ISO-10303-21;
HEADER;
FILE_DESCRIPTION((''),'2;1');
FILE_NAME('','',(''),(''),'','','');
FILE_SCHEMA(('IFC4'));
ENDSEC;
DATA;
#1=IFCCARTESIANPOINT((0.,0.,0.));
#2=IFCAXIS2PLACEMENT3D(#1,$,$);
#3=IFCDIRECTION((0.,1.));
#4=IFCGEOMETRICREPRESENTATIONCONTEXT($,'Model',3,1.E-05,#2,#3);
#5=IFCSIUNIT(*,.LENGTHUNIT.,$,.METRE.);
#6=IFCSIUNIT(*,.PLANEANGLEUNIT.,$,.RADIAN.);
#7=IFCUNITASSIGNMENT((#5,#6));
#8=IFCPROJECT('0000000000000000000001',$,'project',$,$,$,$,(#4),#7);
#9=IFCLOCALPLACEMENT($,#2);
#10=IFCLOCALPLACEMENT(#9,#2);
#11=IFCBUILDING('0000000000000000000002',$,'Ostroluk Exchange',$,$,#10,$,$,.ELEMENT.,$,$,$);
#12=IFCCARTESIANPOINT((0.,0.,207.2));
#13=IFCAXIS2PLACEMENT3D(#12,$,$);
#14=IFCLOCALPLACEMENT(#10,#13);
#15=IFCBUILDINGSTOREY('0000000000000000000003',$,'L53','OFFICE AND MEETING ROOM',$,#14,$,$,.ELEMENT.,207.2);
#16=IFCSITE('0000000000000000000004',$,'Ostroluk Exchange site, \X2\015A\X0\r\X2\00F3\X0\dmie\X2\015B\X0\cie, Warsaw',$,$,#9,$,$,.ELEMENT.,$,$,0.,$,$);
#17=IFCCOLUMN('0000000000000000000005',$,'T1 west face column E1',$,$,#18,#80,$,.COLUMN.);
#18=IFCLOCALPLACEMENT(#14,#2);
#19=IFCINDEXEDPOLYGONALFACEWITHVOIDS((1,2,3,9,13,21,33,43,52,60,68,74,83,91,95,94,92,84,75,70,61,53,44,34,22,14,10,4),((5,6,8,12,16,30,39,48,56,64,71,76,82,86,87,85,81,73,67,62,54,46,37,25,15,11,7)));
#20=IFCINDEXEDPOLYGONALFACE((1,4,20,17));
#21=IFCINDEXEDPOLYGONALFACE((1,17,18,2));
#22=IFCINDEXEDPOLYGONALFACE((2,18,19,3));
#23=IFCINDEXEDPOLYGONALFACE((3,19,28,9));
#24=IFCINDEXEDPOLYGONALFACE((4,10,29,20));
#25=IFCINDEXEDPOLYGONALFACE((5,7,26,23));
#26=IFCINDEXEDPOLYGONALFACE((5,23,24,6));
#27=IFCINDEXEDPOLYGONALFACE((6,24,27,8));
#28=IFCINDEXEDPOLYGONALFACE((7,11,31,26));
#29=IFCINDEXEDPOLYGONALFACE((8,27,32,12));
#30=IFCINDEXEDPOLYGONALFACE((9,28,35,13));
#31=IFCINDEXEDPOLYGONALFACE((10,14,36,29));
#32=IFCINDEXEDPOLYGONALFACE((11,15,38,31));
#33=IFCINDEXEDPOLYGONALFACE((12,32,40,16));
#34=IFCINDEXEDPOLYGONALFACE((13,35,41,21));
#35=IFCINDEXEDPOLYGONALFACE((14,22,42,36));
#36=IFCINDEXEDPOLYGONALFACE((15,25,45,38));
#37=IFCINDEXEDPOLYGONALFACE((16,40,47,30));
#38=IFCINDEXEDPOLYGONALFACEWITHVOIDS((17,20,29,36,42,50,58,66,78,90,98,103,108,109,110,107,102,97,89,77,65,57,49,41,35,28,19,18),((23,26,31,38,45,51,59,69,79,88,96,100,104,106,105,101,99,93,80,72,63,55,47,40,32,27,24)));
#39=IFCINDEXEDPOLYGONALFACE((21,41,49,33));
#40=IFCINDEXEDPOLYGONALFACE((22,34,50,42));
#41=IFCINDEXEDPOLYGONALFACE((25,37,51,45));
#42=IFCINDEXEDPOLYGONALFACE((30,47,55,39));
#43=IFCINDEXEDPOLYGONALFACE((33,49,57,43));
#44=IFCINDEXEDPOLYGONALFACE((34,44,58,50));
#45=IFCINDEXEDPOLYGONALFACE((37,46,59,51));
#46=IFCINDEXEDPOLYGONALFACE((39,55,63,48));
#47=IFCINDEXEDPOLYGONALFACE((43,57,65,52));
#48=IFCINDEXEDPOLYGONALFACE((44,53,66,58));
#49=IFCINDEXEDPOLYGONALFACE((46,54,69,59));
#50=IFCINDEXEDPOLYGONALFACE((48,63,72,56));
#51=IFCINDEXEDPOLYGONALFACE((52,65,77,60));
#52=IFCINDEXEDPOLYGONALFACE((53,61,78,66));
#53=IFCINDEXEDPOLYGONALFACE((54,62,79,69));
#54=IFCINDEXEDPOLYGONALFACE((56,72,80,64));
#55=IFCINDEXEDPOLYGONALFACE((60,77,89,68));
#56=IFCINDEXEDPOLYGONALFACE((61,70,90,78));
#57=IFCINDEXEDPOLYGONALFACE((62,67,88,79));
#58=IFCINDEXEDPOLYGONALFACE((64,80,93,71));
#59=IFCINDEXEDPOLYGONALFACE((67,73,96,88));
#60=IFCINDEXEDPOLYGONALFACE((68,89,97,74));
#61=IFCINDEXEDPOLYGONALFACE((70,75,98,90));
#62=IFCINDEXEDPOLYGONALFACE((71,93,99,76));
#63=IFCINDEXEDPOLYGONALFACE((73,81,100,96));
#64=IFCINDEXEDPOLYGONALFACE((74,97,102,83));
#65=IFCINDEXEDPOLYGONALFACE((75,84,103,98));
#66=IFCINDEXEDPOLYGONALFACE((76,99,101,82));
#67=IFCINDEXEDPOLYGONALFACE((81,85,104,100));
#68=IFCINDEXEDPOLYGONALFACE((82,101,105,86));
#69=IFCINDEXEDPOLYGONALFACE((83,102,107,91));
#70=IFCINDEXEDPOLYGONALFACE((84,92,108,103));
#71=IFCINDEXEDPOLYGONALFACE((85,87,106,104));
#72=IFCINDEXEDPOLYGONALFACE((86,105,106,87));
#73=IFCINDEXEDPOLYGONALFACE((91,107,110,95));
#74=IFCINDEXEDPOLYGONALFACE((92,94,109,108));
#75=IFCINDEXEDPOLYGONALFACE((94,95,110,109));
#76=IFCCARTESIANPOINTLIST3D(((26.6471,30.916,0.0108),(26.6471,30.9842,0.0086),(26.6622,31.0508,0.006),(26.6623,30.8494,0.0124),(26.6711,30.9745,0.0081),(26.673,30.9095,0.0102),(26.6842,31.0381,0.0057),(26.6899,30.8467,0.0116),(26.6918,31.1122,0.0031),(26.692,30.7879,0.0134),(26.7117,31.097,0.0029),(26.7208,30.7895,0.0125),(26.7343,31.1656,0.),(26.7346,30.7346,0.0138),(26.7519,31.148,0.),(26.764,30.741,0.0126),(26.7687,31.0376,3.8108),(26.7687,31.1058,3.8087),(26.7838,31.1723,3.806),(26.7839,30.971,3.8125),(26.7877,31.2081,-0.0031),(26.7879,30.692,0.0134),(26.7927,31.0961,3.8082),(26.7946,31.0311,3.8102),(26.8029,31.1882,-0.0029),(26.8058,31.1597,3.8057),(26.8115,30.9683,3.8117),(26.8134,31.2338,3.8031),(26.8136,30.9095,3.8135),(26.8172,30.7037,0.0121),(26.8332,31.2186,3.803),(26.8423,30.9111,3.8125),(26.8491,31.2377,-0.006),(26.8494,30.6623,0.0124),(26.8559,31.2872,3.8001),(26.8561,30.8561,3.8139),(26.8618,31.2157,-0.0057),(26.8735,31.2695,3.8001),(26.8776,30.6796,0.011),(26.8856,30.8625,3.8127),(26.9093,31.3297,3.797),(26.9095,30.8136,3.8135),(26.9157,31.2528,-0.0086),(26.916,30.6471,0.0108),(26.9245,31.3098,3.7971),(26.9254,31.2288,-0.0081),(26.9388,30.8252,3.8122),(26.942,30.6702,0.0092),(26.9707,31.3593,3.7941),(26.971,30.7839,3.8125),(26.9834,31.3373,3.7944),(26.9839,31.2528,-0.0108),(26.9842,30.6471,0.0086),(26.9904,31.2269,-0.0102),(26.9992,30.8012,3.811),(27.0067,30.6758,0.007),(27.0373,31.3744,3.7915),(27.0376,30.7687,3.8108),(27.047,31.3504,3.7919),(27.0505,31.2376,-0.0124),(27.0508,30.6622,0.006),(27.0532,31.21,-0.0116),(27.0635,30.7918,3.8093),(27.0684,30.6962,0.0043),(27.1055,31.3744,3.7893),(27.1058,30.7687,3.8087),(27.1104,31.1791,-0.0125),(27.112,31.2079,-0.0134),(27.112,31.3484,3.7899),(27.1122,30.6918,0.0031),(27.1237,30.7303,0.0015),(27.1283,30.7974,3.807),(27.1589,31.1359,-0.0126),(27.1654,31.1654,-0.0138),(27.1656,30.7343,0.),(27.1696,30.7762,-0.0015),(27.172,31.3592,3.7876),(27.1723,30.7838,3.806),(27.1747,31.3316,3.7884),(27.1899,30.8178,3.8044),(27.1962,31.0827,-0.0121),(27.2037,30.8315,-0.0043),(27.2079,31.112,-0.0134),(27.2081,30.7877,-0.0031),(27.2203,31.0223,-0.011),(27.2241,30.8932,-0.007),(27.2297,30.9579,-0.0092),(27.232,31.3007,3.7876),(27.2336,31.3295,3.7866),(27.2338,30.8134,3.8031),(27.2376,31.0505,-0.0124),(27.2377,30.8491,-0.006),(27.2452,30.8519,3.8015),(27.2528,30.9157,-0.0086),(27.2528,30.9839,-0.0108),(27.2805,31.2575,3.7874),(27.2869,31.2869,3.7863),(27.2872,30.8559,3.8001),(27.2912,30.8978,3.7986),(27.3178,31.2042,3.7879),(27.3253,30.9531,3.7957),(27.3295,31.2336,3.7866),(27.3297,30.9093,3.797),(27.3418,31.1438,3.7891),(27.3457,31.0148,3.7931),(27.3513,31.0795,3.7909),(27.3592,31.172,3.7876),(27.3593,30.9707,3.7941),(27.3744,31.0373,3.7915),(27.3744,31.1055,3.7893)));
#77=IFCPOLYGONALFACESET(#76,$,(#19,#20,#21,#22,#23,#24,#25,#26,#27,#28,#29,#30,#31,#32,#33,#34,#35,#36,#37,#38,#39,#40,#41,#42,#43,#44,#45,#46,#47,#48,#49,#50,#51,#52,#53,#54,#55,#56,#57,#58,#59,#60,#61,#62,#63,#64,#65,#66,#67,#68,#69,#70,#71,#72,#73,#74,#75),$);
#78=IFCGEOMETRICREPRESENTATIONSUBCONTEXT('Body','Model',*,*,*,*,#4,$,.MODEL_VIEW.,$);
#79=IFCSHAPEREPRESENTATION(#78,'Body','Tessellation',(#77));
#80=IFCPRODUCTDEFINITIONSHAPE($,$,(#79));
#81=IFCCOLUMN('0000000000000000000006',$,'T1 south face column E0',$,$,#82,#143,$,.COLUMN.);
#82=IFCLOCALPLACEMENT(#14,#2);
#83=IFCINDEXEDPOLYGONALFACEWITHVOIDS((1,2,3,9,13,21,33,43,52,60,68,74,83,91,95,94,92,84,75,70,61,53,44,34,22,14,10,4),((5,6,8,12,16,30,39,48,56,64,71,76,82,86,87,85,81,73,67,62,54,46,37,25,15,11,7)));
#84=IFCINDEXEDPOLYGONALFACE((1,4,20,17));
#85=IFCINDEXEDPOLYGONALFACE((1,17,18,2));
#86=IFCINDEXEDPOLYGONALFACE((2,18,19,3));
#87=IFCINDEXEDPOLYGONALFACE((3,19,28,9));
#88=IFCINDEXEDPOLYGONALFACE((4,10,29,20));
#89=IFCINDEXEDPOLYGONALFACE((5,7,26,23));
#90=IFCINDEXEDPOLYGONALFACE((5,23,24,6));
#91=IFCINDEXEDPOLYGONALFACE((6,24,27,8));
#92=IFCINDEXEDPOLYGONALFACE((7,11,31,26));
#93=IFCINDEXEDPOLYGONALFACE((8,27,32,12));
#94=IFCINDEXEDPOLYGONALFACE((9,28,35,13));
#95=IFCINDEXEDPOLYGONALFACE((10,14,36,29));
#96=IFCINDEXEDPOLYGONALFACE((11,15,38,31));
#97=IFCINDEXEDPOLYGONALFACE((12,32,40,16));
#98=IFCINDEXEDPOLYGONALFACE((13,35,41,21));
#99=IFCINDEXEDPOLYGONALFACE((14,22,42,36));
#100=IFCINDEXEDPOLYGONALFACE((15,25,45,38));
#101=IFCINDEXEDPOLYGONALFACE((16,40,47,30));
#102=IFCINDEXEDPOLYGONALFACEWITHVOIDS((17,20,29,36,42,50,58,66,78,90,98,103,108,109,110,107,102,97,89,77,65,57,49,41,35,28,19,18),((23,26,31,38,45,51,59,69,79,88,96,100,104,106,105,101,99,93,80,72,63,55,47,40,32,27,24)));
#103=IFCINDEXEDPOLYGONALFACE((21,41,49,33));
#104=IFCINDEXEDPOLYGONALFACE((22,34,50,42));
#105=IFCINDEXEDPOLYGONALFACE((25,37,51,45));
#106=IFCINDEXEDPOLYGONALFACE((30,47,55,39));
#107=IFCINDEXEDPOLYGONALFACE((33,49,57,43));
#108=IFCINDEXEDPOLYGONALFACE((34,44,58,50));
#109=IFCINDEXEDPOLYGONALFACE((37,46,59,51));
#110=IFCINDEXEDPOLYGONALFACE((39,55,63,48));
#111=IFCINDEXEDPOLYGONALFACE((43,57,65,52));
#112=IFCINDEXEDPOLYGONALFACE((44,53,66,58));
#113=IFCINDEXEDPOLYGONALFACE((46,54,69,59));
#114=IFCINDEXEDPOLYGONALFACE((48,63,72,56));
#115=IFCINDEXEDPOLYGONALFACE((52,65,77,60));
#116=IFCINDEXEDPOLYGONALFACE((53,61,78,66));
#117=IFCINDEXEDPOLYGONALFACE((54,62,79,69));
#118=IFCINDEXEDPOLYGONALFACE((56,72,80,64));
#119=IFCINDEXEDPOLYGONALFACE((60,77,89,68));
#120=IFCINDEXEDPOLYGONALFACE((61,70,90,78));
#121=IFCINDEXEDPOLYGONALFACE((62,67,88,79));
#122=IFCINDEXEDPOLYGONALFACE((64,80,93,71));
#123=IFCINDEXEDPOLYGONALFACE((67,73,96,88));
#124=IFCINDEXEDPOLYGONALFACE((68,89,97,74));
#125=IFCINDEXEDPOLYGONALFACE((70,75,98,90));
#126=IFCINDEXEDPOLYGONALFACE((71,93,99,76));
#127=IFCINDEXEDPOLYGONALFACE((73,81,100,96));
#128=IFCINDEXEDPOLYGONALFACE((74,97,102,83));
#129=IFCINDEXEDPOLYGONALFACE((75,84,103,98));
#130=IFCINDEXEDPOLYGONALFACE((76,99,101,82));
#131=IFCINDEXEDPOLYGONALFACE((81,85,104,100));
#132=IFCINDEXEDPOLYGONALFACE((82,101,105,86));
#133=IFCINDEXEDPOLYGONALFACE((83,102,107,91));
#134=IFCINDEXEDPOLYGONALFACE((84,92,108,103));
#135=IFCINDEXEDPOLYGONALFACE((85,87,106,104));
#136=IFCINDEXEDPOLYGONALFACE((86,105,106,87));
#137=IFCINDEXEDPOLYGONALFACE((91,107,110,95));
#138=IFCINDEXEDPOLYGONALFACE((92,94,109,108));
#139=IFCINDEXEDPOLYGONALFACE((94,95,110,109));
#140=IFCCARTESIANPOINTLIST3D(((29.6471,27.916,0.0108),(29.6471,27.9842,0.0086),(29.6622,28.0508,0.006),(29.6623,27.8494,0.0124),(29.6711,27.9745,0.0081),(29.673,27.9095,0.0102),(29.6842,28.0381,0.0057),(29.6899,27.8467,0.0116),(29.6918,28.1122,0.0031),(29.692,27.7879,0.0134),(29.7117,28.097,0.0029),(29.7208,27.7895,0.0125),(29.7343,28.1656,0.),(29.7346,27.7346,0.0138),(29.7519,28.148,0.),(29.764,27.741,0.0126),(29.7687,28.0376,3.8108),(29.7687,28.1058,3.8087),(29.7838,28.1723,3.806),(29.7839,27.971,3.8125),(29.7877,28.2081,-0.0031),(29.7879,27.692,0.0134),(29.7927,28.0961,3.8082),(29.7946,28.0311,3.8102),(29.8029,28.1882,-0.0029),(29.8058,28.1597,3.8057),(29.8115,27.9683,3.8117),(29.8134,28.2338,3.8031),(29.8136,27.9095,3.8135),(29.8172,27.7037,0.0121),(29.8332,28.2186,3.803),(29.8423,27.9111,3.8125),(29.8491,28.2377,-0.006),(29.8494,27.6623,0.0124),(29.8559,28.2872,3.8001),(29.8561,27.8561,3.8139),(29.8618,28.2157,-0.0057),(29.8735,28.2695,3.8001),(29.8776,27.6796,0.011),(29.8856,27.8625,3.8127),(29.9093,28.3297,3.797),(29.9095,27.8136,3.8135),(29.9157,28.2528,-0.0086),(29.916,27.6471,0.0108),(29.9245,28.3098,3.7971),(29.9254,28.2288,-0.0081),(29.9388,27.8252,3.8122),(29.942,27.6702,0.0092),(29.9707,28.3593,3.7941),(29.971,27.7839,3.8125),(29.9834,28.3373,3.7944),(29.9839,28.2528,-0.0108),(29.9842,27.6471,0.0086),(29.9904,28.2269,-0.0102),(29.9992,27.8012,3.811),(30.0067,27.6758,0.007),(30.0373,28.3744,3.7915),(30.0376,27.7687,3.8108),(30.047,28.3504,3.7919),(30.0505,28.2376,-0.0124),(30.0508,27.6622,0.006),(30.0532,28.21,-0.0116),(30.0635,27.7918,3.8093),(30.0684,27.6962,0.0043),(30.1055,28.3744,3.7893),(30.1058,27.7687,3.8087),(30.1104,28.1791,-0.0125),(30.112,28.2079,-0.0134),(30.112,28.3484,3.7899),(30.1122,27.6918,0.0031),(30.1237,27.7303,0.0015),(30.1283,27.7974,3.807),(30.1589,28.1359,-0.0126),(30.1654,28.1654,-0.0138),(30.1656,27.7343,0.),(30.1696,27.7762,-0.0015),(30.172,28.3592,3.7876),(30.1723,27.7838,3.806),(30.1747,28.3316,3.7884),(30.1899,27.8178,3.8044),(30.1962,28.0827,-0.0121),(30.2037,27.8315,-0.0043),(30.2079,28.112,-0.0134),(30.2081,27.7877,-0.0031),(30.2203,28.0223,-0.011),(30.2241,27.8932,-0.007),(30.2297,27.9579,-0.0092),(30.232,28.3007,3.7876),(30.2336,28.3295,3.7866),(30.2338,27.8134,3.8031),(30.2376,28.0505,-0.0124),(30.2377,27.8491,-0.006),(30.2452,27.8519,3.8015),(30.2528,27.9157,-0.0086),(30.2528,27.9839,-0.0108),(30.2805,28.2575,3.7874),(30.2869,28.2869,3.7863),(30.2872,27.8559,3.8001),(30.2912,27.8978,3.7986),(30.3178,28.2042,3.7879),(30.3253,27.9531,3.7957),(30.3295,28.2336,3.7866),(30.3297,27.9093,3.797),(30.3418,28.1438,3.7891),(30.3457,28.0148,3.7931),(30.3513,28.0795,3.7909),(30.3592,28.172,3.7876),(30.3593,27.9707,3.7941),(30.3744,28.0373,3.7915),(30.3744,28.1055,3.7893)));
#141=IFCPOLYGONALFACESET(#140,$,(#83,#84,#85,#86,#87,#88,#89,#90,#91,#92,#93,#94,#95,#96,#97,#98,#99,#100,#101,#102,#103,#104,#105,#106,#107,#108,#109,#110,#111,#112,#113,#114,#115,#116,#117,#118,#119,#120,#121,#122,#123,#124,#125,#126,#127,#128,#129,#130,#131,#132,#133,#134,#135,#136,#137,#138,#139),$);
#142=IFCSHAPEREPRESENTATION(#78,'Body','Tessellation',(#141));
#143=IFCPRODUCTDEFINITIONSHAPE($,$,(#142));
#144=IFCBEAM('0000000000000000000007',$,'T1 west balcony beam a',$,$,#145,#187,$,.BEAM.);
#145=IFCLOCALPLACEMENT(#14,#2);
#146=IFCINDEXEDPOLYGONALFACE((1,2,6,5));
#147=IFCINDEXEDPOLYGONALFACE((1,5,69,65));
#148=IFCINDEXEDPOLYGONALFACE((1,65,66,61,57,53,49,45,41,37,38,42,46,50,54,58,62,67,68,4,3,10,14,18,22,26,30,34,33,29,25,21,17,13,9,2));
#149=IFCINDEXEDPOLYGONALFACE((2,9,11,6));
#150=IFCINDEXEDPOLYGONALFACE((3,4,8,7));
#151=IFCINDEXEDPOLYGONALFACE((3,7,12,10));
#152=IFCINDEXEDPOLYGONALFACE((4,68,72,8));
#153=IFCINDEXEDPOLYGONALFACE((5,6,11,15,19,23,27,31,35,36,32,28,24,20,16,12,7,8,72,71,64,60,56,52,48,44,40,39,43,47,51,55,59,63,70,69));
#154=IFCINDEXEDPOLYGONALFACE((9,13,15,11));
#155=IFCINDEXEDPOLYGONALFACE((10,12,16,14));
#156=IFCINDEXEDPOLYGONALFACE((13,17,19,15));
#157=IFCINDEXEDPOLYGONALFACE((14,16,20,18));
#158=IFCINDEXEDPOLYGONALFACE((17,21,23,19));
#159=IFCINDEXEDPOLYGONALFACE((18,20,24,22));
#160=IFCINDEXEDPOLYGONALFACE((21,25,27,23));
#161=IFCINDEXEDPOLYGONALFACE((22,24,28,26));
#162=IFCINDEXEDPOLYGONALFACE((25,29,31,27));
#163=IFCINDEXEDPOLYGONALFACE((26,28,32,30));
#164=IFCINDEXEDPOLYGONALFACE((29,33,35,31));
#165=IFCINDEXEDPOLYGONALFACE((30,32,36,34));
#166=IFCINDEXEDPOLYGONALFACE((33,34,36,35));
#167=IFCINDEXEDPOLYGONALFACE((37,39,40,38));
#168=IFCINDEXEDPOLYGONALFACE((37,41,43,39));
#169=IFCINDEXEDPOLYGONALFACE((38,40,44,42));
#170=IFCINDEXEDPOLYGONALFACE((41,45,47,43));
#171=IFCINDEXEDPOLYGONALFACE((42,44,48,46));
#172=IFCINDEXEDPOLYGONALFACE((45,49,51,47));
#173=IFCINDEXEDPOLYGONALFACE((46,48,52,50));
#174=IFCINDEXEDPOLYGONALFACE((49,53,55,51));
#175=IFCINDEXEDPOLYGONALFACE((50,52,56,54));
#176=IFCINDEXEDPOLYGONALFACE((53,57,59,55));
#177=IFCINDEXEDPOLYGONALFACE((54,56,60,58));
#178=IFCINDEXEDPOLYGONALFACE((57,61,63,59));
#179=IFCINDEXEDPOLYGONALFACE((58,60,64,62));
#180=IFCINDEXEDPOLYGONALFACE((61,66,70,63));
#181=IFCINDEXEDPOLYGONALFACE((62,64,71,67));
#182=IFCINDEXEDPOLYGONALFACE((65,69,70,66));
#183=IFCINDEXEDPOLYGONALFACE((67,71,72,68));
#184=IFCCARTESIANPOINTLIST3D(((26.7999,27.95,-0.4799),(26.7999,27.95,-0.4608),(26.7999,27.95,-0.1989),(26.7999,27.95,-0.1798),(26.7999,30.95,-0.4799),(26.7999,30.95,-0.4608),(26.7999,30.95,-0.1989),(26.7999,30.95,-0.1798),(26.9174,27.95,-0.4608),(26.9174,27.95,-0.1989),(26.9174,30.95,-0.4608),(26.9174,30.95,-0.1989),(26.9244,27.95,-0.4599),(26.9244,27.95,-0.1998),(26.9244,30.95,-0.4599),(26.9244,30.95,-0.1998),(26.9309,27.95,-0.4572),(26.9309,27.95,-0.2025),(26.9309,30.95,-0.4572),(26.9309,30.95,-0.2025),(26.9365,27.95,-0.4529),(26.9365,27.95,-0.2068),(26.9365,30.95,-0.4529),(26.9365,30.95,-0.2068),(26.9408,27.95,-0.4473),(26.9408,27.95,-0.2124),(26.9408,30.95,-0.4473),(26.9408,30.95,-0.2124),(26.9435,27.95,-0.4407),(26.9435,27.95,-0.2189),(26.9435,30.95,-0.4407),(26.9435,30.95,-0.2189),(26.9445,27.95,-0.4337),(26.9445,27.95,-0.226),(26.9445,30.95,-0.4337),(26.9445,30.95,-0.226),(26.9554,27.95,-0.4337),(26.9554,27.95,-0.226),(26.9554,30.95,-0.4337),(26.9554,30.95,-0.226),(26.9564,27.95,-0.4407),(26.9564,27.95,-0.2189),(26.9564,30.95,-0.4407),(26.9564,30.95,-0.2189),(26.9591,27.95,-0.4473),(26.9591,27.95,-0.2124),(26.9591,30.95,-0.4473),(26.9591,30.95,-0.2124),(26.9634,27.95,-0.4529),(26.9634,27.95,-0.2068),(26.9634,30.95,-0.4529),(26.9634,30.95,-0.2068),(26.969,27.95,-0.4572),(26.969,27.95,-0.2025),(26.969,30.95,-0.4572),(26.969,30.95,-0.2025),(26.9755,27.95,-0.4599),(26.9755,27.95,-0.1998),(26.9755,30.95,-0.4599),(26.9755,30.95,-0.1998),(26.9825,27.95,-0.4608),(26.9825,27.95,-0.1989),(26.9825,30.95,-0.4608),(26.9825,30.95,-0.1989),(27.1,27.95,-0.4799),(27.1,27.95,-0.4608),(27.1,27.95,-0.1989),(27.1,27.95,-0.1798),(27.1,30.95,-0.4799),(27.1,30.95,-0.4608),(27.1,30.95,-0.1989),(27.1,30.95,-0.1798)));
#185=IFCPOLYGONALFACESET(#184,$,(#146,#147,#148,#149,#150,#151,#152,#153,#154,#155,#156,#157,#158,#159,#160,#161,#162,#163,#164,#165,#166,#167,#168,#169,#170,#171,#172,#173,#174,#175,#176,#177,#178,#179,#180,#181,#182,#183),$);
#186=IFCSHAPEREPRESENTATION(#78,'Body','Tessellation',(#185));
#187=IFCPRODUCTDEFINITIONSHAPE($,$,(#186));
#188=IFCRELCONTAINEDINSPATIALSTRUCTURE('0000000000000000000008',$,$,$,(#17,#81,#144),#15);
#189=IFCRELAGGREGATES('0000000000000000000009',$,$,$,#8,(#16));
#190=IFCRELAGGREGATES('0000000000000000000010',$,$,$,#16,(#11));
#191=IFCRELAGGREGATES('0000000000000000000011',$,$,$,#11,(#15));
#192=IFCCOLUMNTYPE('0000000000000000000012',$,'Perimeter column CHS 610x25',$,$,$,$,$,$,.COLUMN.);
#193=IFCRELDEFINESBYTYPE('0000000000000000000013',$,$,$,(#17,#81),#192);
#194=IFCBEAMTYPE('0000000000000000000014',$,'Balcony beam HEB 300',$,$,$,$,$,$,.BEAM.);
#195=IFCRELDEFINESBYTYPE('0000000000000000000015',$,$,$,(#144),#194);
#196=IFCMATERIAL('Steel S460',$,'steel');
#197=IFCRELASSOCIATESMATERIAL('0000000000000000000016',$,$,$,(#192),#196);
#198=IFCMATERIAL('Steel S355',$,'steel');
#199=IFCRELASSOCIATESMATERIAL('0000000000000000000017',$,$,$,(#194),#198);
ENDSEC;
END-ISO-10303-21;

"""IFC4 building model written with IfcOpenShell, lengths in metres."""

from ifc_helpers import new_model, si_unit, direction, frame, origin, origin_2d, place, context, subcontext, project, spatial, hollow_circle, i_section, extrude, material, material_profile, profile_set, type_object, element, save


model = new_model("IFC4")

# Units and contexts
model_context = context("Model", 3, precision=1e-05, world=origin(), true_north=direction((0.0, 1.0)))
body_context = subcontext(model_context, "Body", "Model", "MODEL_VIEW")
ifc_project = project(units=[si_unit("LENGTHUNIT", "METRE"), si_unit("PLANEANGLEUNIT", "RADIAN")], contexts=[model_context])

# Site, building, storey
site_placement = place(None, origin())
site = spatial("IfcSite", under=ifc_project, at=site_placement, Name="Ostroluk Exchange site, Śródmieście, Warsaw", CompositionType="ELEMENT", RefElevation=0.0)
building_placement = place(site_placement, origin())
building = spatial("IfcBuilding", under=site, at=building_placement, Name="Ostroluk Exchange", CompositionType="ELEMENT")
storey_placement = place(building_placement, frame((0.0, 0.0, 207.2)))
storey = spatial("IfcBuildingStorey", under=building, at=storey_placement, Name="L53", Description="OFFICE AND MEETING ROOM", CompositionType="ELEMENT", Elevation=207.2)

# Columns
ifc_material_1 = material(Name="Steel S460", Category="steel")
ifc_material_profile_1 = material_profile(ifc_material_1, hollow_circle(Radius=0.3049, WallThickness=0.0249, at=origin_2d()), Name="CHS 610x25")
ifc_profile_set_1 = profile_set([ifc_material_profile_1], Name="Steel S460")
column_type = type_object("IfcColumnType", Name="Perimeter column CHS 610x25", PredefinedType="COLUMN", material=ifc_profile_set_1)
for number, where, z_axis, x_axis, name in (
    (1, (26.95, 30.95, 0.0), (0.031962, 0.031962, 0.998978), (-0.707107, 0.707107, 0.0), "T1 west face column E1"),
    (2, (29.95, 27.95, 0.0), (0.031962, 0.031962, 0.998978), (-0.707107, 0.707107, 0.0), "T1 south face column E0"),
):
    element("IfcColumn", number, at=place(storey_placement, frame(where, z_axis=z_axis, x_axis=x_axis)), inside=storey, type_object=column_type, Name=name, PredefinedType="COLUMN", context=body_context, shape_type="SweptSolid", body=[
        extrude(hollow_circle(Radius=0.3049, WallThickness=0.0249, at=origin_2d()), origin(), (0.0, 0.0, 1.0), 3.804),
    ])

# Beam
ifc_material_2 = material(Name="Steel S355", Category="steel")
ifc_material_profile_2 = material_profile(ifc_material_2, i_section(OverallWidth=0.3, OverallDepth=0.3, WebThickness=0.011, FlangeThickness=0.019, FilletRadius=0.0271, at=origin_2d()), Name="HEB 300")
ifc_profile_set_2 = profile_set([ifc_material_profile_2], Name="Steel S355")
beam_type_1 = type_object("IfcBeamType", Name="Balcony beam HEB 300", PredefinedType="BEAM", material=ifc_profile_set_2)
for number, where, z_axis, x_axis, name in (
    (3, (26.95, 30.95, -0.3298), (0.0, -1.0, 0.0), (1.0, 0.0, 0.0), "T1 west balcony beam a"),
):
    element("IfcBeam", number, at=place(storey_placement, frame(where, z_axis=z_axis, x_axis=x_axis)), inside=storey, type_object=beam_type_1, Name=name, PredefinedType="BEAM", context=body_context, shape_type="SweptSolid", body=[
        extrude(i_section(OverallWidth=0.3, OverallDepth=0.3, WebThickness=0.011, FlangeThickness=0.019, FilletRadius=0.0271, at=origin_2d()), origin(), (0.0, 0.0, 1.0), 3.0),
    ])

save(model, "model.ifc")
